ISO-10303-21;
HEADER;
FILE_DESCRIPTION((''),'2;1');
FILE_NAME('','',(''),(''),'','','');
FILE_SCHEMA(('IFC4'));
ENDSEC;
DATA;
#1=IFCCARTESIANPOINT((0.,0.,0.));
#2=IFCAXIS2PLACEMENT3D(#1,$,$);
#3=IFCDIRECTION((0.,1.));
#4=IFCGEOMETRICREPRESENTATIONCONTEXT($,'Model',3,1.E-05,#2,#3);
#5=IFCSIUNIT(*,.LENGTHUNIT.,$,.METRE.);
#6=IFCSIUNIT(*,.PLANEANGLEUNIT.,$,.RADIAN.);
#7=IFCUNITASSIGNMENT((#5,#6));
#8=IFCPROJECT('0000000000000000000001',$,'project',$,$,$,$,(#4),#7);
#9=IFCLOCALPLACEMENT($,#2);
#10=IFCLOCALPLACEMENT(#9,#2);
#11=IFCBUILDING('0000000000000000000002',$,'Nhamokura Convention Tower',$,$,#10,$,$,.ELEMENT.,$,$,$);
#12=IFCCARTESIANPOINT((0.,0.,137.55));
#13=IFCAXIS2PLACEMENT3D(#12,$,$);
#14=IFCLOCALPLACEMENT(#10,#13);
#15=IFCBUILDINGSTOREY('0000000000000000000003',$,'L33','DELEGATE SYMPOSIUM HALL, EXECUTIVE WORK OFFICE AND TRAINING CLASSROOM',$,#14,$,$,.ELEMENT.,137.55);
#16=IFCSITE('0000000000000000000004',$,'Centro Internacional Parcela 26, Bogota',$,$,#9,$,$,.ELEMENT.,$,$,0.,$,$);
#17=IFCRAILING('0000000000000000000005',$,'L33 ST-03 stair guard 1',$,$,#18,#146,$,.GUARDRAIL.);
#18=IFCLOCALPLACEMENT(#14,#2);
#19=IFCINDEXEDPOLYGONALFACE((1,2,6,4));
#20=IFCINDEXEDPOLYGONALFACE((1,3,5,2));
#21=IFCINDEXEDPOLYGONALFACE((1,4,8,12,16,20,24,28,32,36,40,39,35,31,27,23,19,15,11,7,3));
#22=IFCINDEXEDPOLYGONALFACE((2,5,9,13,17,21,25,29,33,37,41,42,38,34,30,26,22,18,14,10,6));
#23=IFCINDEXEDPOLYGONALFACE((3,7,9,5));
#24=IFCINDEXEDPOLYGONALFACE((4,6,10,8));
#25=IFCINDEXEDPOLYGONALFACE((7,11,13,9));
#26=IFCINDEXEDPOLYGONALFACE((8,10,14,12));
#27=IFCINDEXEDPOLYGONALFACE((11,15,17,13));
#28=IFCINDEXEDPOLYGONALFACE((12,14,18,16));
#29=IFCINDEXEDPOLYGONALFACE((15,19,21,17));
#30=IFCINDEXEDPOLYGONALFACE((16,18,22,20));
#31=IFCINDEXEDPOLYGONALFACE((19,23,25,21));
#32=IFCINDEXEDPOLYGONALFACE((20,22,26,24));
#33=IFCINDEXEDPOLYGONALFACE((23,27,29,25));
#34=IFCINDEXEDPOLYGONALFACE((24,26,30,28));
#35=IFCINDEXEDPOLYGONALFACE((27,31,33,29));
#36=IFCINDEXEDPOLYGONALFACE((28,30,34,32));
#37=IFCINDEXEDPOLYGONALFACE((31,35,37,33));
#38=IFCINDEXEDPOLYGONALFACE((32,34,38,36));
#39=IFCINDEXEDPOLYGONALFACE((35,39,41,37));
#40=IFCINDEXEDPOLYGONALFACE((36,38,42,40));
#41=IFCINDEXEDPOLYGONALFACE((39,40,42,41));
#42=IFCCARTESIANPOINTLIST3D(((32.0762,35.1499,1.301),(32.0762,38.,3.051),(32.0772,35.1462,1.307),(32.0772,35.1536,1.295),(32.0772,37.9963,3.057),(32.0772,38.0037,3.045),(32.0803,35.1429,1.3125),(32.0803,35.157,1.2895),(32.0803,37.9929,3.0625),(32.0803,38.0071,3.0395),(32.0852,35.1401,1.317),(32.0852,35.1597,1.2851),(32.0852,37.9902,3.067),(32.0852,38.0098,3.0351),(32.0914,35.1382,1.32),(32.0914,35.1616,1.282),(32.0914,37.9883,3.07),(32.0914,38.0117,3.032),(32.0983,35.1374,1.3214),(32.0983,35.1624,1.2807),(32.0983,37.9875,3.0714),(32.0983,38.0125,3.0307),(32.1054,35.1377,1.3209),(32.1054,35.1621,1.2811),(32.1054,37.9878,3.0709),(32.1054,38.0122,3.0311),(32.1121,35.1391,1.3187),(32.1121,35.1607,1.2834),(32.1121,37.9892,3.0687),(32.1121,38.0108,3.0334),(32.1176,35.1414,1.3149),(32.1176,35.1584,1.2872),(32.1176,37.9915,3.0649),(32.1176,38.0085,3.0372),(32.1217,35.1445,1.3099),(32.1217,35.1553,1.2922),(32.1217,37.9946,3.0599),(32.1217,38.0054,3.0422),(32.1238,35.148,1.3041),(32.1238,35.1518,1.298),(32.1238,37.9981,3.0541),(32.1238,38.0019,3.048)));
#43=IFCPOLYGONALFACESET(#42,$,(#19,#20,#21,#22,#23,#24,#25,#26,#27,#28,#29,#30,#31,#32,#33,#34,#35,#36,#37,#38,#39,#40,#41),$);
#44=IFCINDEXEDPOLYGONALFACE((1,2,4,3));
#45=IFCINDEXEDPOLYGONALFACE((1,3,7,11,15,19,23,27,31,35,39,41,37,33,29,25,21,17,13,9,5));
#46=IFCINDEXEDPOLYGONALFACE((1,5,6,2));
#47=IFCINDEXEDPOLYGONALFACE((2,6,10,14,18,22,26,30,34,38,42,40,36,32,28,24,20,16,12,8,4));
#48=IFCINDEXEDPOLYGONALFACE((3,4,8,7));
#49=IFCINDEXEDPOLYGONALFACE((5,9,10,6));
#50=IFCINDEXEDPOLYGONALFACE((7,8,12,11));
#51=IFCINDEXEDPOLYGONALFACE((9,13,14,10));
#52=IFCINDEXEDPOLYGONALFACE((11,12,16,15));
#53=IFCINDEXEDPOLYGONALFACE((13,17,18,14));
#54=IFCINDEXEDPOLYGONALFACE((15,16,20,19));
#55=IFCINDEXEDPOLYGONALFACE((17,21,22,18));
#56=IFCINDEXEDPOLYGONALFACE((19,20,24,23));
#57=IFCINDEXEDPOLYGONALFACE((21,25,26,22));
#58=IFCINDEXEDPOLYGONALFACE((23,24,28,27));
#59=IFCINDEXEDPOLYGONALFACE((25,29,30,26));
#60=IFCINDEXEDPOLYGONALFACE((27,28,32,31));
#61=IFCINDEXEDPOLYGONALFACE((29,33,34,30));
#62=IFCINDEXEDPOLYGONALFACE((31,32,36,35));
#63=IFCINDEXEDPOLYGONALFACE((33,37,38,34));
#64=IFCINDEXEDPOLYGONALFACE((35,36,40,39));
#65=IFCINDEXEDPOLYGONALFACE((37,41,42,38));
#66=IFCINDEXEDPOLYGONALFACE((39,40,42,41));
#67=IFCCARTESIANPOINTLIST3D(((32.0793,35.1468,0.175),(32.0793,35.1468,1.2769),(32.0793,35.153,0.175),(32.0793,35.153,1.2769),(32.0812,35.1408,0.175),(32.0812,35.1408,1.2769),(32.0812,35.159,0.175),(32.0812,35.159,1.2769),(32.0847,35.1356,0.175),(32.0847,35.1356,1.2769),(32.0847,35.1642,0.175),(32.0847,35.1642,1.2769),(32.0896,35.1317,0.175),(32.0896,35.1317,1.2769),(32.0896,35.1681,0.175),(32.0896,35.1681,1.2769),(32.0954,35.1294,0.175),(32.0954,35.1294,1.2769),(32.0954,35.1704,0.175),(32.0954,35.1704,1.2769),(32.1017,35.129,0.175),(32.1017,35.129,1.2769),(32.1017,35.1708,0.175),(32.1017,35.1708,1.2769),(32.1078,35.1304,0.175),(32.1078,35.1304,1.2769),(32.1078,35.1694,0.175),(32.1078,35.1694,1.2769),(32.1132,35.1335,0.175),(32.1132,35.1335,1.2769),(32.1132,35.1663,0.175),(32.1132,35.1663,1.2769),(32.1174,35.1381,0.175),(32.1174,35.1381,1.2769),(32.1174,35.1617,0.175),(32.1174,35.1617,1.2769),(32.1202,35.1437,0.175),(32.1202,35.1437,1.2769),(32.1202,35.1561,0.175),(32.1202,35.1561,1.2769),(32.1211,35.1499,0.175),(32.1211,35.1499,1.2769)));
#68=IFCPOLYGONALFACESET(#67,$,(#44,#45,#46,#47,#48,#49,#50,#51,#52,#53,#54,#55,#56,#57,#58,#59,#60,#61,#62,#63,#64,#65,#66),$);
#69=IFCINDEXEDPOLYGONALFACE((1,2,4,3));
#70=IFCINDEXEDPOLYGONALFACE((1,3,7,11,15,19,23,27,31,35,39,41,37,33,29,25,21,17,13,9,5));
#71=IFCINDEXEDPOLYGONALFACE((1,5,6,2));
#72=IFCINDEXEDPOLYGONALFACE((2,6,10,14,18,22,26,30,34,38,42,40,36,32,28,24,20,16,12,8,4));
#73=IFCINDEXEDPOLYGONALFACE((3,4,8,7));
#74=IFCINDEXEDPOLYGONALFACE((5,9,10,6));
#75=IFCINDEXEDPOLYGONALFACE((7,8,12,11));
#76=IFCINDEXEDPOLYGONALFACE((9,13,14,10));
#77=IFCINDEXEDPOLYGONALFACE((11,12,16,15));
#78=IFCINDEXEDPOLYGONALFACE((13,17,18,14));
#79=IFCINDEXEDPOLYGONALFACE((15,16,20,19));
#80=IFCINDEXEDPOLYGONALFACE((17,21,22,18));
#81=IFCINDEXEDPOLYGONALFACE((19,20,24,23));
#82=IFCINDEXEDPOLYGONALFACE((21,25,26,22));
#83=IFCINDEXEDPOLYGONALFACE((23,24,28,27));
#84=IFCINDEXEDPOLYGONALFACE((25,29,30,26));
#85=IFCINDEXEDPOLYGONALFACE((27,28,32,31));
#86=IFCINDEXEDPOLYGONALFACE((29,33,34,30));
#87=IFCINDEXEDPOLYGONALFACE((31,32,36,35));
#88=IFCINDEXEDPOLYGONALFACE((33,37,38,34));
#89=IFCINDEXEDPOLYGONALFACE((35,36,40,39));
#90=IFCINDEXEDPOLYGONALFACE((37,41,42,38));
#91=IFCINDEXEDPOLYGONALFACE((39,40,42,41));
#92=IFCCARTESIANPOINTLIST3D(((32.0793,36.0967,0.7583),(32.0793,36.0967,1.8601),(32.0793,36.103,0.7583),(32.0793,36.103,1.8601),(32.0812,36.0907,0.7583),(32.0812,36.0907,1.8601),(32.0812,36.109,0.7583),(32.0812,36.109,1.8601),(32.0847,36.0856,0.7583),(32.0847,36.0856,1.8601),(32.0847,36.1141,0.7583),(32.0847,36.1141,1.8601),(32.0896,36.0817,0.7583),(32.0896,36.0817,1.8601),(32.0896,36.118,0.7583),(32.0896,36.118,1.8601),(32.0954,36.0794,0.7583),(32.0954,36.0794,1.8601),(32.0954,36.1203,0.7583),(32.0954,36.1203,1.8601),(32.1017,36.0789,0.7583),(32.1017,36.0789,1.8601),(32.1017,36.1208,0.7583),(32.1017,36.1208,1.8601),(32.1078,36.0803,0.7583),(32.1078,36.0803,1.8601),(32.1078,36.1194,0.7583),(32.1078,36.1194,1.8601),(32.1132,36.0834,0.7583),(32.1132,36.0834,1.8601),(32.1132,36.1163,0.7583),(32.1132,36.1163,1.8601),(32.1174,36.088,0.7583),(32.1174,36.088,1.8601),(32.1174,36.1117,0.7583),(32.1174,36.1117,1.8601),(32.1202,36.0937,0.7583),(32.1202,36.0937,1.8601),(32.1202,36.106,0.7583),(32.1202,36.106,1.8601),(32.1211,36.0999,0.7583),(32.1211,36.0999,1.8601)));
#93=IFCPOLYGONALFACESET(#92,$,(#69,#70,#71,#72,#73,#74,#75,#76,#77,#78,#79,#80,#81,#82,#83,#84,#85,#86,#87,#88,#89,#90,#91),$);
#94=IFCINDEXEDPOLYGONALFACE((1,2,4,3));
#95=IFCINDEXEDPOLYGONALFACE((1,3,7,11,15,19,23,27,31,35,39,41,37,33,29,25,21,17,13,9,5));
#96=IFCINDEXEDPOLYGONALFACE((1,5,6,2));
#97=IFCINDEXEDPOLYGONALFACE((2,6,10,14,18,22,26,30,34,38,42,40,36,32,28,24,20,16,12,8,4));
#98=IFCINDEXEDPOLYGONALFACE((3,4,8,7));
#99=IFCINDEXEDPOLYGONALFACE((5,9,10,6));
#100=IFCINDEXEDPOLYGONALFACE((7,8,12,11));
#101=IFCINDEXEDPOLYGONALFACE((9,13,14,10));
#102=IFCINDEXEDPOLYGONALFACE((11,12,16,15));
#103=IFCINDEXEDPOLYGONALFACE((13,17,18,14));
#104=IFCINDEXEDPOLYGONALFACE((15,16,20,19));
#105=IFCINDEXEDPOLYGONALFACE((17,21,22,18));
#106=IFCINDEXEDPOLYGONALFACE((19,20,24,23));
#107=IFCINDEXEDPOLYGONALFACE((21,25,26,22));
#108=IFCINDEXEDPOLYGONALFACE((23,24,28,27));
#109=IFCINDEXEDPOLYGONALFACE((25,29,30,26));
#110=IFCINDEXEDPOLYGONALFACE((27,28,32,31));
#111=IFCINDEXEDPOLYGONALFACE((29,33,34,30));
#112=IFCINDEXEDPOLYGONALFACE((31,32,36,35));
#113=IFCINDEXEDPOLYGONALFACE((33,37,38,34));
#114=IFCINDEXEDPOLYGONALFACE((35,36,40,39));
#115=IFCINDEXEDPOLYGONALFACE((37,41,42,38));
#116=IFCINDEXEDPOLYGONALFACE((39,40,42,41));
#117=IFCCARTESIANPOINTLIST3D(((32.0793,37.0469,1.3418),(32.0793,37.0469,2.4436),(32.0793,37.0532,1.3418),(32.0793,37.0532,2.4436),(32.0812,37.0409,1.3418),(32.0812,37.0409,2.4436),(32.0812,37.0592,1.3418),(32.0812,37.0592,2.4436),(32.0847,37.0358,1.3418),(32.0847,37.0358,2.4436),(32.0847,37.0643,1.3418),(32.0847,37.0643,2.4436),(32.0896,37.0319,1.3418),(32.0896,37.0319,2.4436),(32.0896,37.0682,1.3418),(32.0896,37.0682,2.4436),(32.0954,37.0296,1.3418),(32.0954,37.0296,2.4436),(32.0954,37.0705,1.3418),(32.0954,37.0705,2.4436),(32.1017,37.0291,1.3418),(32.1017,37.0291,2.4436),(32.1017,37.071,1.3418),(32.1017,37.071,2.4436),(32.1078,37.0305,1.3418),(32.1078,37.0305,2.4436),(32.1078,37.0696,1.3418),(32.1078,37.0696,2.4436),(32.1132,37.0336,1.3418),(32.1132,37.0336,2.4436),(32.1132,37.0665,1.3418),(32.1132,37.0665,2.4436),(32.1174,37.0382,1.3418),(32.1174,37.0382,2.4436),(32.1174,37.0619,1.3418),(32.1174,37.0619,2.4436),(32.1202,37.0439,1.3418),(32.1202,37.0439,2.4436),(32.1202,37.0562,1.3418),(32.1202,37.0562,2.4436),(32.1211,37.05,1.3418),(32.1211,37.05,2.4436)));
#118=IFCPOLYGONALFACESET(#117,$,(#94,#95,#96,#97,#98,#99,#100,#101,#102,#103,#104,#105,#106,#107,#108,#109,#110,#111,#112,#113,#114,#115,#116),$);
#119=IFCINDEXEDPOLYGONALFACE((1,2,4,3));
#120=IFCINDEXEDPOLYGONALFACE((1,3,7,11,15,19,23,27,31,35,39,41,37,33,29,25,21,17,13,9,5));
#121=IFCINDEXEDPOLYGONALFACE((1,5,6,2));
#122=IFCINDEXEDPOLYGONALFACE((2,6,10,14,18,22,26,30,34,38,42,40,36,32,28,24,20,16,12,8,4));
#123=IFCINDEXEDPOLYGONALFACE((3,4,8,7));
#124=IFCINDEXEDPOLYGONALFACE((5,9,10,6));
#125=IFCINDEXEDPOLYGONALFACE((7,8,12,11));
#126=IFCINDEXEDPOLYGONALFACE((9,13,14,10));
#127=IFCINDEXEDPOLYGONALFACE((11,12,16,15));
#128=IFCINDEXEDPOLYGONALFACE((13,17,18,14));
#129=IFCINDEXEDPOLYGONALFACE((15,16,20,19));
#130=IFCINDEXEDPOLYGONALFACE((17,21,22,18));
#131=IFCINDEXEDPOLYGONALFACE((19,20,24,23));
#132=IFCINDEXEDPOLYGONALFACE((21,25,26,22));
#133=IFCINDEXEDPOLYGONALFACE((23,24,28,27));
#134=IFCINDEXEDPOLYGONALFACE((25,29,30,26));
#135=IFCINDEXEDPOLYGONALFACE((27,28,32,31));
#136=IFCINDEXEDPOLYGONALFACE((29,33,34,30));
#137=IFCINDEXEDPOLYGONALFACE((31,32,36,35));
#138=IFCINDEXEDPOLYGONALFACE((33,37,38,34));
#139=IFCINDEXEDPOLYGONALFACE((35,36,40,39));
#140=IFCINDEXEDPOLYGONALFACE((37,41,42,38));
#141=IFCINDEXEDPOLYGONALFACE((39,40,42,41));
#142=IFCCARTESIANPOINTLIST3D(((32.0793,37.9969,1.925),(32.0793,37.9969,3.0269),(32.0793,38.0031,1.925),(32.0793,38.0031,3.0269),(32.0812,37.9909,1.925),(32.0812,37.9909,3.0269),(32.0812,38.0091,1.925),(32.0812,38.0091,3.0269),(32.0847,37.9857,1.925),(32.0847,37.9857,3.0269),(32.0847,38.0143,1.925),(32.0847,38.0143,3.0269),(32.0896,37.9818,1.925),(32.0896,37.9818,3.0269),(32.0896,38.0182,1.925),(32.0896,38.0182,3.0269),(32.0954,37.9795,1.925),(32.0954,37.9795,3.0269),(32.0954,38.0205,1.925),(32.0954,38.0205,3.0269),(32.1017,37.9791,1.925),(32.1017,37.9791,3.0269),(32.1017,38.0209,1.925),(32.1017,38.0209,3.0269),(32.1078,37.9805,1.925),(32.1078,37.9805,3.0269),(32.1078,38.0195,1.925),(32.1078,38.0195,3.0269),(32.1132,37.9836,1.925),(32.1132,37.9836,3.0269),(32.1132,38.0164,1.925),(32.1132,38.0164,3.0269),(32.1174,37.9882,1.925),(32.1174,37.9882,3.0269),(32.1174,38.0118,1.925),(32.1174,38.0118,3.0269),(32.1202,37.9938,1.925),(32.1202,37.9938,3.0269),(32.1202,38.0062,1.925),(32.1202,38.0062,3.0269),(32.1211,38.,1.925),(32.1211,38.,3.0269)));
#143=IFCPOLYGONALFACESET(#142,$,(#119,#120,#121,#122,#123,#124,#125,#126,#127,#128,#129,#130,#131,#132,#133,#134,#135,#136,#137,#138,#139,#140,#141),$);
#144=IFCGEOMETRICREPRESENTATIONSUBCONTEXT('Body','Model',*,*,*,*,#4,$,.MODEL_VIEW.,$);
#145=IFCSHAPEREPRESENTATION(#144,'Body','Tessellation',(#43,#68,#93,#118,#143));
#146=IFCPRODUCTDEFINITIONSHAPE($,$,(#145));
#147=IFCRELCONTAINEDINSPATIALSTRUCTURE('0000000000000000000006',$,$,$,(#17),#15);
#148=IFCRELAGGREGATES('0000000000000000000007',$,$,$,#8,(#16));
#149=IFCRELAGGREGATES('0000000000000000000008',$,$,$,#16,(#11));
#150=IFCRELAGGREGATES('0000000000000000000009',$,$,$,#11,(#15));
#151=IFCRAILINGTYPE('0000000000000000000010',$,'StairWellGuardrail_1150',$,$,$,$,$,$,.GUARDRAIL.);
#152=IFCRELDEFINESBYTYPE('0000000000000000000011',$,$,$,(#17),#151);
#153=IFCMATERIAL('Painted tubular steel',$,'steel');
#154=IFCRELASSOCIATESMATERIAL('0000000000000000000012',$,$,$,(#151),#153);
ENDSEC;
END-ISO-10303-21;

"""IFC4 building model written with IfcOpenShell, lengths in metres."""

from ifc_helpers import new_model, si_unit, direction, frame, origin, origin_2d, place, context, subcontext, project, spatial, circle, extrude, material, type_object, element, save


model = new_model("IFC4")

# Units and contexts
model_context = context("Model", 3, precision=1e-05, world=origin(), true_north=direction((0.0, 1.0)))
body_context = subcontext(model_context, "Body", "Model", "MODEL_VIEW")
ifc_project = project(units=[si_unit("LENGTHUNIT", "METRE"), si_unit("PLANEANGLEUNIT", "RADIAN")], contexts=[model_context])

# Site, building, storey
site_placement = place(None, origin())
site = spatial("IfcSite", under=ifc_project, at=site_placement, Name="Centro Internacional Parcela 26, Bogota", CompositionType="ELEMENT", RefElevation=0.0)
building_placement = place(site_placement, origin())
building = spatial("IfcBuilding", under=site, at=building_placement, Name="Nhamokura Convention Tower", CompositionType="ELEMENT")
storey_placement = place(building_placement, frame((0.0, 0.0, 137.55)))
storey = spatial("IfcBuildingStorey", under=building, at=storey_placement, Name="L33", Description="DELEGATE SYMPOSIUM HALL, EXECUTIVE WORK OFFICE AND TRAINING CLASSROOM", CompositionType="ELEMENT", Elevation=137.55)

# Railing
ifc_material_1 = material(Name="Painted tubular steel", Category="steel")
railing_type_1 = type_object("IfcRailingType", Name="StairWellGuardrail_1150", PredefinedType="GUARDRAIL", material=ifc_material_1)
railing_1_placement = place(storey_placement, frame((32.1001, 35.1499, 0.175)))
element("IfcRailing", 1, at=railing_1_placement, inside=storey, type_object=railing_type_1, Name="L33 ST-03 stair guard 1", PredefinedType="GUARDRAIL", context=body_context, shape_type="SweptSolid", body=[
    extrude(circle(Radius=0.0239, at=origin_2d()), frame((0.0, 0.0, 1.126), z_axis=(0.0, 0.852179, 0.52325), x_axis=(-1.0, 0.0, 0.0)), (0.0, 0.0, 1.0), 3.3445),
    extrude(circle(Radius=0.021, at=origin_2d()), origin(), (0.0, 0.0, 1.0), 1.1018),
    extrude(circle(Radius=0.021, at=origin_2d()), frame((0.0, 0.95, 0.5833)), (0.0, 0.0, 1.0), 1.1018),
    extrude(circle(Radius=0.021, at=origin_2d()), frame((0.0, 1.9001, 1.1667)), (0.0, 0.0, 1.0), 1.1018),
    extrude(circle(Radius=0.021, at=origin_2d()), frame((0.0, 2.8501, 1.75)), (0.0, 0.0, 1.0), 1.1018),
])

save(model, "model.ifc")
